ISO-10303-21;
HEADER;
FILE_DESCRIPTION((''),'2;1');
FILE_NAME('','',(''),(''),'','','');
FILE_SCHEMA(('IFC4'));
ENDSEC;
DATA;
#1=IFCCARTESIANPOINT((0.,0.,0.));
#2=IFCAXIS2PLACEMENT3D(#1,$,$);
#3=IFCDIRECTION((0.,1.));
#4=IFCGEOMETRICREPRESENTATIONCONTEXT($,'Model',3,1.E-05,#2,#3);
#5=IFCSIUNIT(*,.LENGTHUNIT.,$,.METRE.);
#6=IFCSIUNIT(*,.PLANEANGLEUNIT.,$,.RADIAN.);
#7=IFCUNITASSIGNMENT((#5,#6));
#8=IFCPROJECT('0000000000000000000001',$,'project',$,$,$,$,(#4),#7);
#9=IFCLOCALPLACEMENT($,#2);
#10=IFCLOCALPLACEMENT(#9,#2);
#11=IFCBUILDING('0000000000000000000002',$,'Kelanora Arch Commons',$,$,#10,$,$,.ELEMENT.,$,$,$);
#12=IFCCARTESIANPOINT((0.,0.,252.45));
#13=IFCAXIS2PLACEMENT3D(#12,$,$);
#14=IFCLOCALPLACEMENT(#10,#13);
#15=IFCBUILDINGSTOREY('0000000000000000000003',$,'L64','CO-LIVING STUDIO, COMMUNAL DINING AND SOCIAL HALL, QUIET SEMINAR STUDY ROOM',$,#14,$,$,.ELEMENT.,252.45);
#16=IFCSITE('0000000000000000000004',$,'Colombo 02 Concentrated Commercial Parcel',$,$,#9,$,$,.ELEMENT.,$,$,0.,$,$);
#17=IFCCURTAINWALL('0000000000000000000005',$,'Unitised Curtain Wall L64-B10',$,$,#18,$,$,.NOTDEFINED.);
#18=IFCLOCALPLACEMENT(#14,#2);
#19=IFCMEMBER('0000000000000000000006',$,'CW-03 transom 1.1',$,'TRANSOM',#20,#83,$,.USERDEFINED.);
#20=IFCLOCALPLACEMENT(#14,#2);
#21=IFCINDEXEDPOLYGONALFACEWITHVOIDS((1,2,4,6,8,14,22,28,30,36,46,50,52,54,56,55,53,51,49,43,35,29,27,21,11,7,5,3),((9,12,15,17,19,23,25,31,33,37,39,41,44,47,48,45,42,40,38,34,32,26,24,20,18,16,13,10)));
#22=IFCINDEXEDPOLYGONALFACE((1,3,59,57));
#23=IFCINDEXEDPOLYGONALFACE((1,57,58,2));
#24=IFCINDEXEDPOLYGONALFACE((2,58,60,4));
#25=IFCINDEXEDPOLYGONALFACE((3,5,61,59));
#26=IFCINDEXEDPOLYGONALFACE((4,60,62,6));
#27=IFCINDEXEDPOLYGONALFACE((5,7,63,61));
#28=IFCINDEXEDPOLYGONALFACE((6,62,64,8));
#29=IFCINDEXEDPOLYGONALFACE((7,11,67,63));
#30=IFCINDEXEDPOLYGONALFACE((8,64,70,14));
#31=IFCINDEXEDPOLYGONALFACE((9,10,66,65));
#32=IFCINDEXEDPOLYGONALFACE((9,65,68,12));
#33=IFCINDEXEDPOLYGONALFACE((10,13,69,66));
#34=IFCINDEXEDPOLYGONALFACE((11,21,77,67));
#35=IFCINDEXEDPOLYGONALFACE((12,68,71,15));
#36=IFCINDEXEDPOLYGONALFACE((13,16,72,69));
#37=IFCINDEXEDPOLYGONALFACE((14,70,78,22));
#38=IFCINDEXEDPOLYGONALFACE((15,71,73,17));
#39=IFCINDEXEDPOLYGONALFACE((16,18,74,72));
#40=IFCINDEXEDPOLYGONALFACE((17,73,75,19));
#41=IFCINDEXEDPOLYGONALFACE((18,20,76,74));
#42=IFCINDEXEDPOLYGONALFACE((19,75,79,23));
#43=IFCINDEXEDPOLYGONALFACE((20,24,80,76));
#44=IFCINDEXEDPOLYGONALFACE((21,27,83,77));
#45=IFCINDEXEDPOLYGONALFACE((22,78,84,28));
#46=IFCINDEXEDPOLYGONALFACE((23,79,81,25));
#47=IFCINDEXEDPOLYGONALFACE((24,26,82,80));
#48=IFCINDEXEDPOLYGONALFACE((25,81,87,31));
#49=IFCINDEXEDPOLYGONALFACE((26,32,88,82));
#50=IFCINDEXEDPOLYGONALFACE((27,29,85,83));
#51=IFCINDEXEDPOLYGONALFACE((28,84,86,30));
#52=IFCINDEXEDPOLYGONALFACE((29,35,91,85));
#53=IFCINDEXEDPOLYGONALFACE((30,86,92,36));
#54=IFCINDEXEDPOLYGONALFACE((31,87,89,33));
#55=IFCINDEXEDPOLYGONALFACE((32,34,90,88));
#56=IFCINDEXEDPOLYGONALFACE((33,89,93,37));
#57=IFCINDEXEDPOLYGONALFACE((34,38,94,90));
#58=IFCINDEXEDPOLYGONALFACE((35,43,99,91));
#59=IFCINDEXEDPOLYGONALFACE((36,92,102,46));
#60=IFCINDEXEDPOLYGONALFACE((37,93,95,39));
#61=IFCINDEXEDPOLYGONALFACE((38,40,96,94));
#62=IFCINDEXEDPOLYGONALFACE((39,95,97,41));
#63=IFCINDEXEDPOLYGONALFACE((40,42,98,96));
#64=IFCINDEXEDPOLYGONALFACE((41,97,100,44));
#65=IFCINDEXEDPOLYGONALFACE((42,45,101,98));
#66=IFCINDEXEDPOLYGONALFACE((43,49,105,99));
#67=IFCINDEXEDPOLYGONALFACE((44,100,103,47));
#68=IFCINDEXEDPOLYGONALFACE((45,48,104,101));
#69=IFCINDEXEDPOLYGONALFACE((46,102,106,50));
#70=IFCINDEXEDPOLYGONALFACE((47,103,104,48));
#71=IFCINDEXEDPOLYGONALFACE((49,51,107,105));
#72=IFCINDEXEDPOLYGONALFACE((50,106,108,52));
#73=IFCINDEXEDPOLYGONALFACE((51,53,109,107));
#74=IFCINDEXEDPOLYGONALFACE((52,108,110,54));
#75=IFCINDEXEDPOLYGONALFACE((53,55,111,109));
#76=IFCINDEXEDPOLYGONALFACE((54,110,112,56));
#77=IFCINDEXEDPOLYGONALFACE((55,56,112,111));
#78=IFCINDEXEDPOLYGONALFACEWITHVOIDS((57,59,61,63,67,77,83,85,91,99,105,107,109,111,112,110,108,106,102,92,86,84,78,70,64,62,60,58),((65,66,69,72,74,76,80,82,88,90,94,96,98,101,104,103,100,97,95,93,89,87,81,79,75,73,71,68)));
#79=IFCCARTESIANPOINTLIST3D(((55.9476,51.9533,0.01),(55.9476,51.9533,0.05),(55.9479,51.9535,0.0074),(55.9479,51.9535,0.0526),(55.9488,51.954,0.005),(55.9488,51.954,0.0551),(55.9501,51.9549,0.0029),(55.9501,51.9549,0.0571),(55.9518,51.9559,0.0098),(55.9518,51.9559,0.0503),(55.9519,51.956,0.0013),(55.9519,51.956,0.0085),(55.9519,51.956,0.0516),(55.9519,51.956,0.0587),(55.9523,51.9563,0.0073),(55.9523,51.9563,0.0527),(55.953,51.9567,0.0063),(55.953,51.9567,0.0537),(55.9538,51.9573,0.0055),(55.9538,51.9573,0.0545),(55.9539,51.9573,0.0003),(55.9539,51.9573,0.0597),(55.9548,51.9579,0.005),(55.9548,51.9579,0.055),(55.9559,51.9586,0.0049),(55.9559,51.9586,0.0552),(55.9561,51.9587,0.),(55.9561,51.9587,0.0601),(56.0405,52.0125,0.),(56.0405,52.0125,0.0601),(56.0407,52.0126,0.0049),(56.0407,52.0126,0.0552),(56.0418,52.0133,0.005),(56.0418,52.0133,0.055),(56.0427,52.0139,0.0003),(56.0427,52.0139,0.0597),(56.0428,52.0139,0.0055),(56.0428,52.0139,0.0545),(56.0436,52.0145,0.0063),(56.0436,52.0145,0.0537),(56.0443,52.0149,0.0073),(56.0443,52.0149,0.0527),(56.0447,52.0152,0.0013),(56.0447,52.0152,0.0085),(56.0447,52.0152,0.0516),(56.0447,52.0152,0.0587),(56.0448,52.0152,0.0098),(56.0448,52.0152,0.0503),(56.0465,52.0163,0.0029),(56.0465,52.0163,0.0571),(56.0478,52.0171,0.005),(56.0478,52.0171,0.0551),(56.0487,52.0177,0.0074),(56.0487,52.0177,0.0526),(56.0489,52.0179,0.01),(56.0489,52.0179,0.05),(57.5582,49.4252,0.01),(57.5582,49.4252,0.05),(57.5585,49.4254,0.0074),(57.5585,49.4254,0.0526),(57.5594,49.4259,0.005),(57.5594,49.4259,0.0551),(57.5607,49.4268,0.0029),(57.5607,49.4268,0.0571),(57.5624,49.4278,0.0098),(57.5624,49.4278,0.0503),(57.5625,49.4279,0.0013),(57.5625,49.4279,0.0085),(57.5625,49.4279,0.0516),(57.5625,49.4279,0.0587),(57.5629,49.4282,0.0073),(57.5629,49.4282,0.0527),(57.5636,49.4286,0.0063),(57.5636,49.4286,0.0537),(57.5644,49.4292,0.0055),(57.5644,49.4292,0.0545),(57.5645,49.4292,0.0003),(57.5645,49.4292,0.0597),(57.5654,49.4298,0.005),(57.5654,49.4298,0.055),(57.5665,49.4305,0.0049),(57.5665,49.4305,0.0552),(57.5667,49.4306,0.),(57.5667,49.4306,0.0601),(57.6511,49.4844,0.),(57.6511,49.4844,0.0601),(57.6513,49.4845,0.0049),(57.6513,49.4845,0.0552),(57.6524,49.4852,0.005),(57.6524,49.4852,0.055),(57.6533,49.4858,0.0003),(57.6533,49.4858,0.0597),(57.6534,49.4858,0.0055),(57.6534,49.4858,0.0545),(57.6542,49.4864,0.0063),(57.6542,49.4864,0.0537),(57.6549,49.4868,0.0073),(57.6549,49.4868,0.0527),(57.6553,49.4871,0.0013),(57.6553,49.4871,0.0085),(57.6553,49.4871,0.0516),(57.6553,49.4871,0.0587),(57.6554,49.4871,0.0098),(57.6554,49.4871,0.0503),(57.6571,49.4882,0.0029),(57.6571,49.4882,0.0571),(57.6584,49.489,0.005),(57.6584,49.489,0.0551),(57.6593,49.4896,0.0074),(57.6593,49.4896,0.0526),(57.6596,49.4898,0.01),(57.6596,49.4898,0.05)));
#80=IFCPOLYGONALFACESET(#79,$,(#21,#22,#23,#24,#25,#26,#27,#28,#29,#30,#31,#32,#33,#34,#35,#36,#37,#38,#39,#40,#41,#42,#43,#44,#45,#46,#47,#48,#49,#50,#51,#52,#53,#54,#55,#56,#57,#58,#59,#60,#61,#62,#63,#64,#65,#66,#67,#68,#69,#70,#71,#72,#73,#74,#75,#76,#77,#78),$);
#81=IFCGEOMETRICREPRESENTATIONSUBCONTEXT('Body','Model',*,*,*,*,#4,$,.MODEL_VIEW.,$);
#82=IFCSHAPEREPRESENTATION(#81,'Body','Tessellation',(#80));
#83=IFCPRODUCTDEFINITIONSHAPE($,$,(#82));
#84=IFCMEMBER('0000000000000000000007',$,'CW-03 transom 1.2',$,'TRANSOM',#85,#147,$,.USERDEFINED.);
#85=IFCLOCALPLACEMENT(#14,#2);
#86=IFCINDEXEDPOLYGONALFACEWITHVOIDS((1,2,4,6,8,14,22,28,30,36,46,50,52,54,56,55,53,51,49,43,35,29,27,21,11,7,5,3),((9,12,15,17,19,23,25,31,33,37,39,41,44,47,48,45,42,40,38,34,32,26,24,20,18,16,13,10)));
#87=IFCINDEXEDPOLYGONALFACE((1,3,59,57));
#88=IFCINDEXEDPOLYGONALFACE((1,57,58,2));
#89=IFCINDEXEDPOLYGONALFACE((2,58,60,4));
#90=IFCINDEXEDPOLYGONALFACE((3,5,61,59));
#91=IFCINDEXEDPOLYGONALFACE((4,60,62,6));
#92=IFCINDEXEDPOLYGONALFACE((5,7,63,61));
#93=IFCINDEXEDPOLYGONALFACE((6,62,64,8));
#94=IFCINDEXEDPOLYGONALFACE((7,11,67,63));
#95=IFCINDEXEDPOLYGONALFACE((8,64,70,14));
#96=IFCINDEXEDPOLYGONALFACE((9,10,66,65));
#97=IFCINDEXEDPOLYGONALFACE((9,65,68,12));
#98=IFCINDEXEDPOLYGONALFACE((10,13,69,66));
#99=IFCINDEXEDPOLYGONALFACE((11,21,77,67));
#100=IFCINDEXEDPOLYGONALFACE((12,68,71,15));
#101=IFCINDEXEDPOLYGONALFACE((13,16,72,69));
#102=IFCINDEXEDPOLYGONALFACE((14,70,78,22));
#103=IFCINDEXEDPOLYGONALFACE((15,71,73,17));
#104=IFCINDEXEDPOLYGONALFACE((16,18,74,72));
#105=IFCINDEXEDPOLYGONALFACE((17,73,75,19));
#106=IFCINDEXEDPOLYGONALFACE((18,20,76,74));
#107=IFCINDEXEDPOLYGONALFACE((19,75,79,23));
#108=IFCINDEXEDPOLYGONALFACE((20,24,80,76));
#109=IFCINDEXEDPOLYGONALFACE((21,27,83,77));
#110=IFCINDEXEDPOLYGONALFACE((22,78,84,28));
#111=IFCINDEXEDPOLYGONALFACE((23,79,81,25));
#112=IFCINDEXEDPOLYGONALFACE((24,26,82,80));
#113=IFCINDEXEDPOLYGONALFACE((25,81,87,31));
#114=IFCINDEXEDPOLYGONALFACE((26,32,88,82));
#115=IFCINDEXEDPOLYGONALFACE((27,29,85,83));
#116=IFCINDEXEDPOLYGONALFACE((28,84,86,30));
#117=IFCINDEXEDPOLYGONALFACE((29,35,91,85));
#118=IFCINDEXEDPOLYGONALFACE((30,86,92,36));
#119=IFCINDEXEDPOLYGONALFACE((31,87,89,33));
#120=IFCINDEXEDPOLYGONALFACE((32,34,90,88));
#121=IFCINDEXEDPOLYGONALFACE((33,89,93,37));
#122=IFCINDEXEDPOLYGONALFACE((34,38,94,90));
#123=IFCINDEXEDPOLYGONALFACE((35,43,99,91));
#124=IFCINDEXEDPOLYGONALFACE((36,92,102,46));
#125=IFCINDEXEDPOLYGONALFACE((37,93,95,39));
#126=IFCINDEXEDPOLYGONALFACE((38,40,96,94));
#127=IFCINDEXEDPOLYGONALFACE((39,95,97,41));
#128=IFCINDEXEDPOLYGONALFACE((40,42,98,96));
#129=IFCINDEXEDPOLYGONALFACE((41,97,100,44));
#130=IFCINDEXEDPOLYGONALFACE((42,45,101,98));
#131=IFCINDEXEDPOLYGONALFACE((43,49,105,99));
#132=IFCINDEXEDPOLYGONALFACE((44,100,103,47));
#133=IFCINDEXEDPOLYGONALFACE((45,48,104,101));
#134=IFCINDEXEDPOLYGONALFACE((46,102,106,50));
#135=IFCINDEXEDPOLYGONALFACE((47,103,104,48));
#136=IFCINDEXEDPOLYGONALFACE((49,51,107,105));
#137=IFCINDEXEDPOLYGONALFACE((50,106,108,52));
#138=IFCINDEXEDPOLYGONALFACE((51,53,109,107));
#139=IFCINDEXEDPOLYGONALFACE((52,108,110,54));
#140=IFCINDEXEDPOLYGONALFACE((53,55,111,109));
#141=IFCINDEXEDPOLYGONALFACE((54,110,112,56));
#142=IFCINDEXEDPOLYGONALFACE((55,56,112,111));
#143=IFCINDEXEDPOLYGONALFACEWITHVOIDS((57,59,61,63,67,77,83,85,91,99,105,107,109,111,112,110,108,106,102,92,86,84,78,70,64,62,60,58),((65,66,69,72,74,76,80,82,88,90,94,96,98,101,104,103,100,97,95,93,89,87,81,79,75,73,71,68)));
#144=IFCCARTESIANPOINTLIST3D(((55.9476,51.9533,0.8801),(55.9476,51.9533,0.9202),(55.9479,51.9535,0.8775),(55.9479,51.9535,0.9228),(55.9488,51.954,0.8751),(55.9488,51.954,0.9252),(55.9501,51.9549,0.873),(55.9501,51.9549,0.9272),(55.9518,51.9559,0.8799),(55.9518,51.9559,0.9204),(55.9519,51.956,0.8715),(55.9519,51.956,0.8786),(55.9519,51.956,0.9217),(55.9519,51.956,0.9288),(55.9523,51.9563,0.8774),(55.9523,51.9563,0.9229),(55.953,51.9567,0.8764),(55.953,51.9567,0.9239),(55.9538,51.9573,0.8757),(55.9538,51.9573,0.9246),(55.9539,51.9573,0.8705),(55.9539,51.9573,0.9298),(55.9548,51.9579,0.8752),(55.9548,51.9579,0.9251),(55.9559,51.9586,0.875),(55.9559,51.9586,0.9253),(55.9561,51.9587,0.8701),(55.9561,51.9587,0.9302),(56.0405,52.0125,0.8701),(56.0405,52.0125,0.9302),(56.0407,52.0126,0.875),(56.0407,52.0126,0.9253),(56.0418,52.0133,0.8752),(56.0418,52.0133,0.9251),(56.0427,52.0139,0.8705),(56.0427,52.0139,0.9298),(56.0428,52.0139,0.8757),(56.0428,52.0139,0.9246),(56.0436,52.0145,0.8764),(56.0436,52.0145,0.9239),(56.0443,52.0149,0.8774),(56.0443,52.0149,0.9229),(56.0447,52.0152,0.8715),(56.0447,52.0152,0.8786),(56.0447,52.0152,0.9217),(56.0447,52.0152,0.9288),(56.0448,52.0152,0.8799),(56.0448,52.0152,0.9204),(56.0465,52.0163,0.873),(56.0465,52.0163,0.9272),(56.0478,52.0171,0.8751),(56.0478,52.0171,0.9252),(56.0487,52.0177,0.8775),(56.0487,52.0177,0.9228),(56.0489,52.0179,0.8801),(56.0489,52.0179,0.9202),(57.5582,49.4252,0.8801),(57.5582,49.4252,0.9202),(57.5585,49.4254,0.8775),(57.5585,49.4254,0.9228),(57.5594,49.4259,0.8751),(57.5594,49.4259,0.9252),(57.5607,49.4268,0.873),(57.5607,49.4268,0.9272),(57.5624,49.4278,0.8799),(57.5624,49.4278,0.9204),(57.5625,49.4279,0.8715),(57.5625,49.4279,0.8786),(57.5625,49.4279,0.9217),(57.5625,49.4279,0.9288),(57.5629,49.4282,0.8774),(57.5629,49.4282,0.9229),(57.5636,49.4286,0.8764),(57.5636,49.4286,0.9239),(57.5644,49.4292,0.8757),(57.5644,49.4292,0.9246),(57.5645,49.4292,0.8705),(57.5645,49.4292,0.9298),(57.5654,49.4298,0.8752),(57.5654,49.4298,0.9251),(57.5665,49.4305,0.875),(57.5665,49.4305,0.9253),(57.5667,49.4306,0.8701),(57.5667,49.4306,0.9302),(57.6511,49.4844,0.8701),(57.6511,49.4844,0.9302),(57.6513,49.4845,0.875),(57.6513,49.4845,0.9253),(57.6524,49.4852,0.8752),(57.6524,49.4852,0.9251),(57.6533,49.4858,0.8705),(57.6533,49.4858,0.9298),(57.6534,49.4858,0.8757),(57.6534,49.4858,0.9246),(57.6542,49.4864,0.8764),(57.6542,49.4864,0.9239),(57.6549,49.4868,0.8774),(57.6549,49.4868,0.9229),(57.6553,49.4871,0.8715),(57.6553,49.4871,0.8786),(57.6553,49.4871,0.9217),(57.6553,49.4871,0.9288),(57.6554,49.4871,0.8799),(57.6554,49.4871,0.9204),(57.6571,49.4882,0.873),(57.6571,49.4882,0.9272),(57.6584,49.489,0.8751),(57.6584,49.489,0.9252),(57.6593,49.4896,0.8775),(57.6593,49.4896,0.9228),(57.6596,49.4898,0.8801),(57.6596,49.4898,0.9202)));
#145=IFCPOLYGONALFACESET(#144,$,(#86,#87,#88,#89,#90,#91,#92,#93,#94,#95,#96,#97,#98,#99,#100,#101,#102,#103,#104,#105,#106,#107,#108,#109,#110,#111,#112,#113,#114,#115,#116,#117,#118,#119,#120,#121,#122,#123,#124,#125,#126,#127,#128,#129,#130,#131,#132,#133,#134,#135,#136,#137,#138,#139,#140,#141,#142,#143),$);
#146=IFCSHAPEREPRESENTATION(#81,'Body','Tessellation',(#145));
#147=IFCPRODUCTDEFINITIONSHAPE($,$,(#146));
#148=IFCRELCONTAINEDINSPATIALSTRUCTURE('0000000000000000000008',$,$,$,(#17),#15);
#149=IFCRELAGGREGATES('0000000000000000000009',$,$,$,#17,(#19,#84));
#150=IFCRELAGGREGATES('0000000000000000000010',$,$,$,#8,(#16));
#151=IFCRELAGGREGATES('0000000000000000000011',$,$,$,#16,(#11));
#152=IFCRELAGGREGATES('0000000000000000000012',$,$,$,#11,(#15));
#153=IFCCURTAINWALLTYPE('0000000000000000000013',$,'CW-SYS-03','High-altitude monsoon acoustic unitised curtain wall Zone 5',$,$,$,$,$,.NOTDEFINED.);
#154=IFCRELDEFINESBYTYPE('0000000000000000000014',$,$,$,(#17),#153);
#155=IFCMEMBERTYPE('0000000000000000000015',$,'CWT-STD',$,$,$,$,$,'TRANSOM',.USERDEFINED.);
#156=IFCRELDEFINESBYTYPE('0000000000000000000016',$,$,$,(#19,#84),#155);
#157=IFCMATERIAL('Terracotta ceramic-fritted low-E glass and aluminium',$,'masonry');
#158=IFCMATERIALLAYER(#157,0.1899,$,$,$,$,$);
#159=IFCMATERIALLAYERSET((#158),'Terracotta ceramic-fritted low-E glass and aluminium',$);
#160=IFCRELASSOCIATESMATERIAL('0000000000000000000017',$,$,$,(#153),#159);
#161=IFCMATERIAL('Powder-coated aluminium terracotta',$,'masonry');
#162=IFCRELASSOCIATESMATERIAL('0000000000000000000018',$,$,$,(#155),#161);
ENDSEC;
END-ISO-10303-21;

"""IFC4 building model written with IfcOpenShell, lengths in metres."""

from ifc_helpers import new_model, si_unit, direction, frame, origin, origin_2d, place, context, subcontext, project, spatial, hollow_rectangle, extrude, material, layer, layer_set, material_profile, profile_set, type_object, element, aggregate, save


model = new_model("IFC4")

# Units and contexts
model_context = context("Model", 3, precision=1e-05, world=origin(), true_north=direction((0.0, 1.0)))
body_context = subcontext(model_context, "Body", "Model", "MODEL_VIEW")
ifc_project = project(units=[si_unit("LENGTHUNIT", "METRE"), si_unit("PLANEANGLEUNIT", "RADIAN")], contexts=[model_context])

# Site, building, storey
site_placement = place(None, origin())
site = spatial("IfcSite", under=ifc_project, at=site_placement, Name="Colombo 02 Concentrated Commercial Parcel", CompositionType="ELEMENT", RefElevation=0.0)
building_placement = place(site_placement, origin())
building = spatial("IfcBuilding", under=site, at=building_placement, Name="Kelanora Arch Commons", CompositionType="ELEMENT")
storey_placement = place(building_placement, frame((0.0, 0.0, 252.45)))
storey = spatial("IfcBuildingStorey", under=building, at=storey_placement, Name="L64", Description="CO-LIVING STUDIO, COMMUNAL DINING AND SOCIAL HALL, QUIET SEMINAR STUDY ROOM", CompositionType="ELEMENT", Elevation=252.45)

# Curtain wall, members
ifc_material_1 = material(Name="Terracotta ceramic-fritted low-E glass and aluminium", Category="masonry")
ifc_layer_1 = layer(ifc_material_1, 0.1899)
ifc_layer_set_1 = layer_set([ifc_layer_1], Name="Terracotta ceramic-fritted low-E glass and aluminium")
curtain_wall_type = type_object("IfcCurtainWallType", Name="CW-SYS-03", Description="High-altitude monsoon acoustic unitised curtain wall Zone 5", PredefinedType="NOTDEFINED", material=ifc_layer_set_1)
curtain_wall_placement = place(storey_placement, origin())
curtain_wall = element("IfcCurtainWall", 1, at=curtain_wall_placement, inside=storey, type_object=curtain_wall_type, Name="Unitised Curtain Wall L64-B10", PredefinedType="NOTDEFINED")
ifc_material_2 = material(Name="Powder-coated aluminium terracotta", Category="masonry")
ifc_material_profile_1 = material_profile(ifc_material_2, hollow_rectangle(XDim=0.1201, YDim=0.0601, WallThickness=0.0049, InnerFilletRadius=0.0049, OuterFilletRadius=0.01, at=origin_2d()), Name="CWT120x60")
ifc_profile_set_1 = profile_set([ifc_material_profile_1], Name="Powder-coated aluminium terracotta")
member_type_1 = type_object("IfcMemberType", Name="CWT-STD", ElementType="TRANSOM", PredefinedType="USERDEFINED", material=ifc_profile_set_1)
member_1_placement = place(storey_placement, frame((55.9983, 51.9856, 0.03), z_axis=(0.537308, -0.843386, 0.0), x_axis=(0.843386, 0.537308, 0.0)))
member_1 = element("IfcMember", 2, at=member_1_placement, type_object=member_type_1, Name="CW-03 transom 1.1", ObjectType="TRANSOM", PredefinedType="USERDEFINED", context=body_context, shape_type="SweptSolid", body=[
    extrude(hollow_rectangle(XDim=0.1201, YDim=0.0601, WallThickness=0.0049, InnerFilletRadius=0.0049, OuterFilletRadius=0.01, at=origin_2d()), origin(), (0.0, 0.0, 1.0), 2.9976),
])
member_2_placement = place(storey_placement, frame((55.9983, 51.9856, 0.9001), z_axis=(0.537308, -0.843386, 0.0), x_axis=(0.843386, 0.537308, 0.0)))
member_2 = element("IfcMember", 3, at=member_2_placement, type_object=member_type_1, Name="CW-03 transom 1.2", ObjectType="TRANSOM", PredefinedType="USERDEFINED", context=body_context, shape_type="SweptSolid", body=[
    extrude(hollow_rectangle(XDim=0.1201, YDim=0.0601, WallThickness=0.0049, InnerFilletRadius=0.0049, OuterFilletRadius=0.01, at=origin_2d()), origin(), (0.0, 0.0, 1.0), 2.9976),
])

aggregate(curtain_wall, [member_1, member_2])

save(model, "model.ifc")
